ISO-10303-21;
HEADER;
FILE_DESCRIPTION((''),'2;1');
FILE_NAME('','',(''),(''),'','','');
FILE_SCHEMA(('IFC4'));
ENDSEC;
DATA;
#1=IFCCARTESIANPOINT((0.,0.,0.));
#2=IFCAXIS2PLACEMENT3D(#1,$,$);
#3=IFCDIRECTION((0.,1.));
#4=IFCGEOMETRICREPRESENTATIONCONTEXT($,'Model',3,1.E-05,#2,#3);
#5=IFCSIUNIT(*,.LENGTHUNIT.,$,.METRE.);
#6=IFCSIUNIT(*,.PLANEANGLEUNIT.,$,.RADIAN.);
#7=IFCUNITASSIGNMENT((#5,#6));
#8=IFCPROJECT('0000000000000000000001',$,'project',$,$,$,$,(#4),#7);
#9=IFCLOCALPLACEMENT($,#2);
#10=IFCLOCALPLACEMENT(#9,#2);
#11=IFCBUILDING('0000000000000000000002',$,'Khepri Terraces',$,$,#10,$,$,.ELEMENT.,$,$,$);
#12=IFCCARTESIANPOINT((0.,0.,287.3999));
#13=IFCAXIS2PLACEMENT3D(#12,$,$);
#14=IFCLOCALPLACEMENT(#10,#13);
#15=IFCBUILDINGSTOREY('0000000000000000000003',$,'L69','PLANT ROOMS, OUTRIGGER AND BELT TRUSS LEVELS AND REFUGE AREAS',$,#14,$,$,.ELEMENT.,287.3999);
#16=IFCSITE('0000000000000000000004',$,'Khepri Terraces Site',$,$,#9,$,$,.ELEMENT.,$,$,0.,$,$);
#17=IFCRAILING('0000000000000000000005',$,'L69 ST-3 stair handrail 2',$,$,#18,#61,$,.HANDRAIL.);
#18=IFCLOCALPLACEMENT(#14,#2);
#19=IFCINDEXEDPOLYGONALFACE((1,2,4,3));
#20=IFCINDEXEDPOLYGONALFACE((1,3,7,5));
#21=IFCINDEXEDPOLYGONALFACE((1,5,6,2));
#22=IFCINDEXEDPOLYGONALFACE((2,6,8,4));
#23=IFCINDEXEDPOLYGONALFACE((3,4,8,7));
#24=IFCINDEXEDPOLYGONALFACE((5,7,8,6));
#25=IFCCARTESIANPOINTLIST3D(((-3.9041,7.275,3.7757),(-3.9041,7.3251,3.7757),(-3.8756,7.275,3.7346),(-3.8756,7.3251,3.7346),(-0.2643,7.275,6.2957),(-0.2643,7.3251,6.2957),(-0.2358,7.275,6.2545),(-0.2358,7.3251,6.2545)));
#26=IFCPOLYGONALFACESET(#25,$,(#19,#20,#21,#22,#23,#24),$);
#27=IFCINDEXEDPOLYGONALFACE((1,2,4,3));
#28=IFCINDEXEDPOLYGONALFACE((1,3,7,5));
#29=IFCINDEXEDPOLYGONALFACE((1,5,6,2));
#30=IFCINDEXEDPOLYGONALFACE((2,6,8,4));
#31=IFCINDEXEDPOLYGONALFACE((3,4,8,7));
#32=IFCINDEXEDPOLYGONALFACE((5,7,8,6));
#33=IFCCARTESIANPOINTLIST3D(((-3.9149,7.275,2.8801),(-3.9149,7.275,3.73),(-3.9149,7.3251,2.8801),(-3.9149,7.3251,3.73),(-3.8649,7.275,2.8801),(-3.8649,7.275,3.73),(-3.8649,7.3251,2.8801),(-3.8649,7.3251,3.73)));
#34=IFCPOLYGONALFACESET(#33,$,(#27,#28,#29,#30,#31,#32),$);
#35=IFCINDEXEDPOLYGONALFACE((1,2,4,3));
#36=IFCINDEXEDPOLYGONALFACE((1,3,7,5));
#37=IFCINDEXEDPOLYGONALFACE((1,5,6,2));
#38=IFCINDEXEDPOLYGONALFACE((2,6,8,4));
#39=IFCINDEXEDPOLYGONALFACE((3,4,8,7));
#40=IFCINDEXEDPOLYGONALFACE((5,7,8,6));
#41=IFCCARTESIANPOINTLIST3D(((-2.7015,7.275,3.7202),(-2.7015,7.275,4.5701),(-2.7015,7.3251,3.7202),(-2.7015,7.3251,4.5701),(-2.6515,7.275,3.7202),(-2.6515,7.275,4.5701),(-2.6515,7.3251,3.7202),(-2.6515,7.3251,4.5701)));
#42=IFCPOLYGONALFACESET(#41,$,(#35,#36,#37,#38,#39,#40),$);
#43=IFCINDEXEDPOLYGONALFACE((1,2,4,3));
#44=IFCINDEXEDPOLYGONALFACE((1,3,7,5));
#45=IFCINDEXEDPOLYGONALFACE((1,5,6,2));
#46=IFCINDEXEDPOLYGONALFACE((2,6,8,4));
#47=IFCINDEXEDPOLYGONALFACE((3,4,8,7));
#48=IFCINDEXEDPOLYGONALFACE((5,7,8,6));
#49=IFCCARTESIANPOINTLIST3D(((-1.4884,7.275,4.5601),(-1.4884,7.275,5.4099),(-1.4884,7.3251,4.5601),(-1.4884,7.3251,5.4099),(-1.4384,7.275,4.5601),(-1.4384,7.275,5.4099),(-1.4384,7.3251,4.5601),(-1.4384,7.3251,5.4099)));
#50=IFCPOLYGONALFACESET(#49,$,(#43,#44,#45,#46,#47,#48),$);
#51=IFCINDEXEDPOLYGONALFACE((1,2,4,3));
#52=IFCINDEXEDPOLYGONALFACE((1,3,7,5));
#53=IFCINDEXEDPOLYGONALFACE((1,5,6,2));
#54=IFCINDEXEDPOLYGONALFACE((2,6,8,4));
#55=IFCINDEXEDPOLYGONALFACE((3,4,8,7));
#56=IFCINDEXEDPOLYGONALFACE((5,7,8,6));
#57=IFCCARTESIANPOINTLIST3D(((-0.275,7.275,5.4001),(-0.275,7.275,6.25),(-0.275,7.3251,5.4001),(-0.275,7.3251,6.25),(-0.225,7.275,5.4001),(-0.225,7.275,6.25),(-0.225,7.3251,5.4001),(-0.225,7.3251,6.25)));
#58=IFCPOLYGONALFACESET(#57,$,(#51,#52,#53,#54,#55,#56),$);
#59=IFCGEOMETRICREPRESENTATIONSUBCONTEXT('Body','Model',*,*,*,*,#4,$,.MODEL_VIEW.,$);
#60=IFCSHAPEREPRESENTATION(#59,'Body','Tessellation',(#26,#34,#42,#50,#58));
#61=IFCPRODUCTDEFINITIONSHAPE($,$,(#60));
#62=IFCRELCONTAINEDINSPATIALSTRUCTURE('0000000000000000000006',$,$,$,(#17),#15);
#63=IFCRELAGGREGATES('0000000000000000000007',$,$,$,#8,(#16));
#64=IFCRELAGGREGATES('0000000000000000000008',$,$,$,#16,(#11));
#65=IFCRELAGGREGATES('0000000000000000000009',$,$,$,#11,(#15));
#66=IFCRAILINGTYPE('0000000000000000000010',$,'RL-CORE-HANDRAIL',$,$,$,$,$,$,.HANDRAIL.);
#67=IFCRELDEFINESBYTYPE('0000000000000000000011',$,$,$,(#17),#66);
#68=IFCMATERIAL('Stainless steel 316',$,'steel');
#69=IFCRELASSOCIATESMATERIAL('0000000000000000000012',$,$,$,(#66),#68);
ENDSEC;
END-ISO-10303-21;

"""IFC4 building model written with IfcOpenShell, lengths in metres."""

from ifc_helpers import new_model, si_unit, direction, frame, origin, origin_2d, place, context, subcontext, project, spatial, rectangle, extrude, material, type_object, element, save


model = new_model("IFC4")

# Units and contexts
model_context = context("Model", 3, precision=1e-05, world=origin(), true_north=direction((0.0, 1.0)))
body_context = subcontext(model_context, "Body", "Model", "MODEL_VIEW")
ifc_project = project(units=[si_unit("LENGTHUNIT", "METRE"), si_unit("PLANEANGLEUNIT", "RADIAN")], contexts=[model_context])

# Site, building, storey
site_placement = place(None, origin())
site = spatial("IfcSite", under=ifc_project, at=site_placement, Name="Khepri Terraces Site", CompositionType="ELEMENT", RefElevation=0.0)
building_placement = place(site_placement, origin())
building = spatial("IfcBuilding", under=site, at=building_placement, Name="Khepri Terraces", CompositionType="ELEMENT")
storey_placement = place(building_placement, frame((0.0, 0.0, 287.3999)))
storey = spatial("IfcBuildingStorey", under=building, at=storey_placement, Name="L69", Description="PLANT ROOMS, OUTRIGGER AND BELT TRUSS LEVELS AND REFUGE AREAS", CompositionType="ELEMENT", Elevation=287.3999)

# Railing
ifc_material_1 = material(Name="Stainless steel 316", Category="steel")
railing_type_1 = type_object("IfcRailingType", Name="RL-CORE-HANDRAIL", PredefinedType="HANDRAIL", material=ifc_material_1)
railing_1_placement = place(storey_placement, frame((-3.8899, 7.3, 2.8801)))
element("IfcRailing", 1, at=railing_1_placement, inside=storey, type_object=railing_type_1, Name="L69 ST-3 stair handrail 2", PredefinedType="HANDRAIL", context=body_context, shape_type="SweptSolid", body=[
    extrude(rectangle(XDim=0.05, YDim=0.05, at=origin_2d()), frame((0.0, 0.0, 0.875), z_axis=(0.822182, 0.0, 0.569224), x_axis=(0.0, 1.0, 0.0)), (0.0, 0.0, 1.0), 4.427),
    extrude(rectangle(XDim=0.05, YDim=0.05, at=origin_2d()), origin(), (0.0, 0.0, 1.0), 0.8499),
    extrude(rectangle(XDim=0.05, YDim=0.05, at=origin_2d()), frame((1.2134, 0.0, 0.8401)), (0.0, 0.0, 1.0), 0.8499),
    extrude(rectangle(XDim=0.05, YDim=0.05, at=origin_2d()), frame((2.4265, 0.0, 1.6799)), (0.0, 0.0, 1.0), 0.8499),
    extrude(rectangle(XDim=0.05, YDim=0.05, at=origin_2d()), frame((3.6399, 0.0, 2.52)), (0.0, 0.0, 1.0), 0.8499),
])

save(model, "model.ifc")
